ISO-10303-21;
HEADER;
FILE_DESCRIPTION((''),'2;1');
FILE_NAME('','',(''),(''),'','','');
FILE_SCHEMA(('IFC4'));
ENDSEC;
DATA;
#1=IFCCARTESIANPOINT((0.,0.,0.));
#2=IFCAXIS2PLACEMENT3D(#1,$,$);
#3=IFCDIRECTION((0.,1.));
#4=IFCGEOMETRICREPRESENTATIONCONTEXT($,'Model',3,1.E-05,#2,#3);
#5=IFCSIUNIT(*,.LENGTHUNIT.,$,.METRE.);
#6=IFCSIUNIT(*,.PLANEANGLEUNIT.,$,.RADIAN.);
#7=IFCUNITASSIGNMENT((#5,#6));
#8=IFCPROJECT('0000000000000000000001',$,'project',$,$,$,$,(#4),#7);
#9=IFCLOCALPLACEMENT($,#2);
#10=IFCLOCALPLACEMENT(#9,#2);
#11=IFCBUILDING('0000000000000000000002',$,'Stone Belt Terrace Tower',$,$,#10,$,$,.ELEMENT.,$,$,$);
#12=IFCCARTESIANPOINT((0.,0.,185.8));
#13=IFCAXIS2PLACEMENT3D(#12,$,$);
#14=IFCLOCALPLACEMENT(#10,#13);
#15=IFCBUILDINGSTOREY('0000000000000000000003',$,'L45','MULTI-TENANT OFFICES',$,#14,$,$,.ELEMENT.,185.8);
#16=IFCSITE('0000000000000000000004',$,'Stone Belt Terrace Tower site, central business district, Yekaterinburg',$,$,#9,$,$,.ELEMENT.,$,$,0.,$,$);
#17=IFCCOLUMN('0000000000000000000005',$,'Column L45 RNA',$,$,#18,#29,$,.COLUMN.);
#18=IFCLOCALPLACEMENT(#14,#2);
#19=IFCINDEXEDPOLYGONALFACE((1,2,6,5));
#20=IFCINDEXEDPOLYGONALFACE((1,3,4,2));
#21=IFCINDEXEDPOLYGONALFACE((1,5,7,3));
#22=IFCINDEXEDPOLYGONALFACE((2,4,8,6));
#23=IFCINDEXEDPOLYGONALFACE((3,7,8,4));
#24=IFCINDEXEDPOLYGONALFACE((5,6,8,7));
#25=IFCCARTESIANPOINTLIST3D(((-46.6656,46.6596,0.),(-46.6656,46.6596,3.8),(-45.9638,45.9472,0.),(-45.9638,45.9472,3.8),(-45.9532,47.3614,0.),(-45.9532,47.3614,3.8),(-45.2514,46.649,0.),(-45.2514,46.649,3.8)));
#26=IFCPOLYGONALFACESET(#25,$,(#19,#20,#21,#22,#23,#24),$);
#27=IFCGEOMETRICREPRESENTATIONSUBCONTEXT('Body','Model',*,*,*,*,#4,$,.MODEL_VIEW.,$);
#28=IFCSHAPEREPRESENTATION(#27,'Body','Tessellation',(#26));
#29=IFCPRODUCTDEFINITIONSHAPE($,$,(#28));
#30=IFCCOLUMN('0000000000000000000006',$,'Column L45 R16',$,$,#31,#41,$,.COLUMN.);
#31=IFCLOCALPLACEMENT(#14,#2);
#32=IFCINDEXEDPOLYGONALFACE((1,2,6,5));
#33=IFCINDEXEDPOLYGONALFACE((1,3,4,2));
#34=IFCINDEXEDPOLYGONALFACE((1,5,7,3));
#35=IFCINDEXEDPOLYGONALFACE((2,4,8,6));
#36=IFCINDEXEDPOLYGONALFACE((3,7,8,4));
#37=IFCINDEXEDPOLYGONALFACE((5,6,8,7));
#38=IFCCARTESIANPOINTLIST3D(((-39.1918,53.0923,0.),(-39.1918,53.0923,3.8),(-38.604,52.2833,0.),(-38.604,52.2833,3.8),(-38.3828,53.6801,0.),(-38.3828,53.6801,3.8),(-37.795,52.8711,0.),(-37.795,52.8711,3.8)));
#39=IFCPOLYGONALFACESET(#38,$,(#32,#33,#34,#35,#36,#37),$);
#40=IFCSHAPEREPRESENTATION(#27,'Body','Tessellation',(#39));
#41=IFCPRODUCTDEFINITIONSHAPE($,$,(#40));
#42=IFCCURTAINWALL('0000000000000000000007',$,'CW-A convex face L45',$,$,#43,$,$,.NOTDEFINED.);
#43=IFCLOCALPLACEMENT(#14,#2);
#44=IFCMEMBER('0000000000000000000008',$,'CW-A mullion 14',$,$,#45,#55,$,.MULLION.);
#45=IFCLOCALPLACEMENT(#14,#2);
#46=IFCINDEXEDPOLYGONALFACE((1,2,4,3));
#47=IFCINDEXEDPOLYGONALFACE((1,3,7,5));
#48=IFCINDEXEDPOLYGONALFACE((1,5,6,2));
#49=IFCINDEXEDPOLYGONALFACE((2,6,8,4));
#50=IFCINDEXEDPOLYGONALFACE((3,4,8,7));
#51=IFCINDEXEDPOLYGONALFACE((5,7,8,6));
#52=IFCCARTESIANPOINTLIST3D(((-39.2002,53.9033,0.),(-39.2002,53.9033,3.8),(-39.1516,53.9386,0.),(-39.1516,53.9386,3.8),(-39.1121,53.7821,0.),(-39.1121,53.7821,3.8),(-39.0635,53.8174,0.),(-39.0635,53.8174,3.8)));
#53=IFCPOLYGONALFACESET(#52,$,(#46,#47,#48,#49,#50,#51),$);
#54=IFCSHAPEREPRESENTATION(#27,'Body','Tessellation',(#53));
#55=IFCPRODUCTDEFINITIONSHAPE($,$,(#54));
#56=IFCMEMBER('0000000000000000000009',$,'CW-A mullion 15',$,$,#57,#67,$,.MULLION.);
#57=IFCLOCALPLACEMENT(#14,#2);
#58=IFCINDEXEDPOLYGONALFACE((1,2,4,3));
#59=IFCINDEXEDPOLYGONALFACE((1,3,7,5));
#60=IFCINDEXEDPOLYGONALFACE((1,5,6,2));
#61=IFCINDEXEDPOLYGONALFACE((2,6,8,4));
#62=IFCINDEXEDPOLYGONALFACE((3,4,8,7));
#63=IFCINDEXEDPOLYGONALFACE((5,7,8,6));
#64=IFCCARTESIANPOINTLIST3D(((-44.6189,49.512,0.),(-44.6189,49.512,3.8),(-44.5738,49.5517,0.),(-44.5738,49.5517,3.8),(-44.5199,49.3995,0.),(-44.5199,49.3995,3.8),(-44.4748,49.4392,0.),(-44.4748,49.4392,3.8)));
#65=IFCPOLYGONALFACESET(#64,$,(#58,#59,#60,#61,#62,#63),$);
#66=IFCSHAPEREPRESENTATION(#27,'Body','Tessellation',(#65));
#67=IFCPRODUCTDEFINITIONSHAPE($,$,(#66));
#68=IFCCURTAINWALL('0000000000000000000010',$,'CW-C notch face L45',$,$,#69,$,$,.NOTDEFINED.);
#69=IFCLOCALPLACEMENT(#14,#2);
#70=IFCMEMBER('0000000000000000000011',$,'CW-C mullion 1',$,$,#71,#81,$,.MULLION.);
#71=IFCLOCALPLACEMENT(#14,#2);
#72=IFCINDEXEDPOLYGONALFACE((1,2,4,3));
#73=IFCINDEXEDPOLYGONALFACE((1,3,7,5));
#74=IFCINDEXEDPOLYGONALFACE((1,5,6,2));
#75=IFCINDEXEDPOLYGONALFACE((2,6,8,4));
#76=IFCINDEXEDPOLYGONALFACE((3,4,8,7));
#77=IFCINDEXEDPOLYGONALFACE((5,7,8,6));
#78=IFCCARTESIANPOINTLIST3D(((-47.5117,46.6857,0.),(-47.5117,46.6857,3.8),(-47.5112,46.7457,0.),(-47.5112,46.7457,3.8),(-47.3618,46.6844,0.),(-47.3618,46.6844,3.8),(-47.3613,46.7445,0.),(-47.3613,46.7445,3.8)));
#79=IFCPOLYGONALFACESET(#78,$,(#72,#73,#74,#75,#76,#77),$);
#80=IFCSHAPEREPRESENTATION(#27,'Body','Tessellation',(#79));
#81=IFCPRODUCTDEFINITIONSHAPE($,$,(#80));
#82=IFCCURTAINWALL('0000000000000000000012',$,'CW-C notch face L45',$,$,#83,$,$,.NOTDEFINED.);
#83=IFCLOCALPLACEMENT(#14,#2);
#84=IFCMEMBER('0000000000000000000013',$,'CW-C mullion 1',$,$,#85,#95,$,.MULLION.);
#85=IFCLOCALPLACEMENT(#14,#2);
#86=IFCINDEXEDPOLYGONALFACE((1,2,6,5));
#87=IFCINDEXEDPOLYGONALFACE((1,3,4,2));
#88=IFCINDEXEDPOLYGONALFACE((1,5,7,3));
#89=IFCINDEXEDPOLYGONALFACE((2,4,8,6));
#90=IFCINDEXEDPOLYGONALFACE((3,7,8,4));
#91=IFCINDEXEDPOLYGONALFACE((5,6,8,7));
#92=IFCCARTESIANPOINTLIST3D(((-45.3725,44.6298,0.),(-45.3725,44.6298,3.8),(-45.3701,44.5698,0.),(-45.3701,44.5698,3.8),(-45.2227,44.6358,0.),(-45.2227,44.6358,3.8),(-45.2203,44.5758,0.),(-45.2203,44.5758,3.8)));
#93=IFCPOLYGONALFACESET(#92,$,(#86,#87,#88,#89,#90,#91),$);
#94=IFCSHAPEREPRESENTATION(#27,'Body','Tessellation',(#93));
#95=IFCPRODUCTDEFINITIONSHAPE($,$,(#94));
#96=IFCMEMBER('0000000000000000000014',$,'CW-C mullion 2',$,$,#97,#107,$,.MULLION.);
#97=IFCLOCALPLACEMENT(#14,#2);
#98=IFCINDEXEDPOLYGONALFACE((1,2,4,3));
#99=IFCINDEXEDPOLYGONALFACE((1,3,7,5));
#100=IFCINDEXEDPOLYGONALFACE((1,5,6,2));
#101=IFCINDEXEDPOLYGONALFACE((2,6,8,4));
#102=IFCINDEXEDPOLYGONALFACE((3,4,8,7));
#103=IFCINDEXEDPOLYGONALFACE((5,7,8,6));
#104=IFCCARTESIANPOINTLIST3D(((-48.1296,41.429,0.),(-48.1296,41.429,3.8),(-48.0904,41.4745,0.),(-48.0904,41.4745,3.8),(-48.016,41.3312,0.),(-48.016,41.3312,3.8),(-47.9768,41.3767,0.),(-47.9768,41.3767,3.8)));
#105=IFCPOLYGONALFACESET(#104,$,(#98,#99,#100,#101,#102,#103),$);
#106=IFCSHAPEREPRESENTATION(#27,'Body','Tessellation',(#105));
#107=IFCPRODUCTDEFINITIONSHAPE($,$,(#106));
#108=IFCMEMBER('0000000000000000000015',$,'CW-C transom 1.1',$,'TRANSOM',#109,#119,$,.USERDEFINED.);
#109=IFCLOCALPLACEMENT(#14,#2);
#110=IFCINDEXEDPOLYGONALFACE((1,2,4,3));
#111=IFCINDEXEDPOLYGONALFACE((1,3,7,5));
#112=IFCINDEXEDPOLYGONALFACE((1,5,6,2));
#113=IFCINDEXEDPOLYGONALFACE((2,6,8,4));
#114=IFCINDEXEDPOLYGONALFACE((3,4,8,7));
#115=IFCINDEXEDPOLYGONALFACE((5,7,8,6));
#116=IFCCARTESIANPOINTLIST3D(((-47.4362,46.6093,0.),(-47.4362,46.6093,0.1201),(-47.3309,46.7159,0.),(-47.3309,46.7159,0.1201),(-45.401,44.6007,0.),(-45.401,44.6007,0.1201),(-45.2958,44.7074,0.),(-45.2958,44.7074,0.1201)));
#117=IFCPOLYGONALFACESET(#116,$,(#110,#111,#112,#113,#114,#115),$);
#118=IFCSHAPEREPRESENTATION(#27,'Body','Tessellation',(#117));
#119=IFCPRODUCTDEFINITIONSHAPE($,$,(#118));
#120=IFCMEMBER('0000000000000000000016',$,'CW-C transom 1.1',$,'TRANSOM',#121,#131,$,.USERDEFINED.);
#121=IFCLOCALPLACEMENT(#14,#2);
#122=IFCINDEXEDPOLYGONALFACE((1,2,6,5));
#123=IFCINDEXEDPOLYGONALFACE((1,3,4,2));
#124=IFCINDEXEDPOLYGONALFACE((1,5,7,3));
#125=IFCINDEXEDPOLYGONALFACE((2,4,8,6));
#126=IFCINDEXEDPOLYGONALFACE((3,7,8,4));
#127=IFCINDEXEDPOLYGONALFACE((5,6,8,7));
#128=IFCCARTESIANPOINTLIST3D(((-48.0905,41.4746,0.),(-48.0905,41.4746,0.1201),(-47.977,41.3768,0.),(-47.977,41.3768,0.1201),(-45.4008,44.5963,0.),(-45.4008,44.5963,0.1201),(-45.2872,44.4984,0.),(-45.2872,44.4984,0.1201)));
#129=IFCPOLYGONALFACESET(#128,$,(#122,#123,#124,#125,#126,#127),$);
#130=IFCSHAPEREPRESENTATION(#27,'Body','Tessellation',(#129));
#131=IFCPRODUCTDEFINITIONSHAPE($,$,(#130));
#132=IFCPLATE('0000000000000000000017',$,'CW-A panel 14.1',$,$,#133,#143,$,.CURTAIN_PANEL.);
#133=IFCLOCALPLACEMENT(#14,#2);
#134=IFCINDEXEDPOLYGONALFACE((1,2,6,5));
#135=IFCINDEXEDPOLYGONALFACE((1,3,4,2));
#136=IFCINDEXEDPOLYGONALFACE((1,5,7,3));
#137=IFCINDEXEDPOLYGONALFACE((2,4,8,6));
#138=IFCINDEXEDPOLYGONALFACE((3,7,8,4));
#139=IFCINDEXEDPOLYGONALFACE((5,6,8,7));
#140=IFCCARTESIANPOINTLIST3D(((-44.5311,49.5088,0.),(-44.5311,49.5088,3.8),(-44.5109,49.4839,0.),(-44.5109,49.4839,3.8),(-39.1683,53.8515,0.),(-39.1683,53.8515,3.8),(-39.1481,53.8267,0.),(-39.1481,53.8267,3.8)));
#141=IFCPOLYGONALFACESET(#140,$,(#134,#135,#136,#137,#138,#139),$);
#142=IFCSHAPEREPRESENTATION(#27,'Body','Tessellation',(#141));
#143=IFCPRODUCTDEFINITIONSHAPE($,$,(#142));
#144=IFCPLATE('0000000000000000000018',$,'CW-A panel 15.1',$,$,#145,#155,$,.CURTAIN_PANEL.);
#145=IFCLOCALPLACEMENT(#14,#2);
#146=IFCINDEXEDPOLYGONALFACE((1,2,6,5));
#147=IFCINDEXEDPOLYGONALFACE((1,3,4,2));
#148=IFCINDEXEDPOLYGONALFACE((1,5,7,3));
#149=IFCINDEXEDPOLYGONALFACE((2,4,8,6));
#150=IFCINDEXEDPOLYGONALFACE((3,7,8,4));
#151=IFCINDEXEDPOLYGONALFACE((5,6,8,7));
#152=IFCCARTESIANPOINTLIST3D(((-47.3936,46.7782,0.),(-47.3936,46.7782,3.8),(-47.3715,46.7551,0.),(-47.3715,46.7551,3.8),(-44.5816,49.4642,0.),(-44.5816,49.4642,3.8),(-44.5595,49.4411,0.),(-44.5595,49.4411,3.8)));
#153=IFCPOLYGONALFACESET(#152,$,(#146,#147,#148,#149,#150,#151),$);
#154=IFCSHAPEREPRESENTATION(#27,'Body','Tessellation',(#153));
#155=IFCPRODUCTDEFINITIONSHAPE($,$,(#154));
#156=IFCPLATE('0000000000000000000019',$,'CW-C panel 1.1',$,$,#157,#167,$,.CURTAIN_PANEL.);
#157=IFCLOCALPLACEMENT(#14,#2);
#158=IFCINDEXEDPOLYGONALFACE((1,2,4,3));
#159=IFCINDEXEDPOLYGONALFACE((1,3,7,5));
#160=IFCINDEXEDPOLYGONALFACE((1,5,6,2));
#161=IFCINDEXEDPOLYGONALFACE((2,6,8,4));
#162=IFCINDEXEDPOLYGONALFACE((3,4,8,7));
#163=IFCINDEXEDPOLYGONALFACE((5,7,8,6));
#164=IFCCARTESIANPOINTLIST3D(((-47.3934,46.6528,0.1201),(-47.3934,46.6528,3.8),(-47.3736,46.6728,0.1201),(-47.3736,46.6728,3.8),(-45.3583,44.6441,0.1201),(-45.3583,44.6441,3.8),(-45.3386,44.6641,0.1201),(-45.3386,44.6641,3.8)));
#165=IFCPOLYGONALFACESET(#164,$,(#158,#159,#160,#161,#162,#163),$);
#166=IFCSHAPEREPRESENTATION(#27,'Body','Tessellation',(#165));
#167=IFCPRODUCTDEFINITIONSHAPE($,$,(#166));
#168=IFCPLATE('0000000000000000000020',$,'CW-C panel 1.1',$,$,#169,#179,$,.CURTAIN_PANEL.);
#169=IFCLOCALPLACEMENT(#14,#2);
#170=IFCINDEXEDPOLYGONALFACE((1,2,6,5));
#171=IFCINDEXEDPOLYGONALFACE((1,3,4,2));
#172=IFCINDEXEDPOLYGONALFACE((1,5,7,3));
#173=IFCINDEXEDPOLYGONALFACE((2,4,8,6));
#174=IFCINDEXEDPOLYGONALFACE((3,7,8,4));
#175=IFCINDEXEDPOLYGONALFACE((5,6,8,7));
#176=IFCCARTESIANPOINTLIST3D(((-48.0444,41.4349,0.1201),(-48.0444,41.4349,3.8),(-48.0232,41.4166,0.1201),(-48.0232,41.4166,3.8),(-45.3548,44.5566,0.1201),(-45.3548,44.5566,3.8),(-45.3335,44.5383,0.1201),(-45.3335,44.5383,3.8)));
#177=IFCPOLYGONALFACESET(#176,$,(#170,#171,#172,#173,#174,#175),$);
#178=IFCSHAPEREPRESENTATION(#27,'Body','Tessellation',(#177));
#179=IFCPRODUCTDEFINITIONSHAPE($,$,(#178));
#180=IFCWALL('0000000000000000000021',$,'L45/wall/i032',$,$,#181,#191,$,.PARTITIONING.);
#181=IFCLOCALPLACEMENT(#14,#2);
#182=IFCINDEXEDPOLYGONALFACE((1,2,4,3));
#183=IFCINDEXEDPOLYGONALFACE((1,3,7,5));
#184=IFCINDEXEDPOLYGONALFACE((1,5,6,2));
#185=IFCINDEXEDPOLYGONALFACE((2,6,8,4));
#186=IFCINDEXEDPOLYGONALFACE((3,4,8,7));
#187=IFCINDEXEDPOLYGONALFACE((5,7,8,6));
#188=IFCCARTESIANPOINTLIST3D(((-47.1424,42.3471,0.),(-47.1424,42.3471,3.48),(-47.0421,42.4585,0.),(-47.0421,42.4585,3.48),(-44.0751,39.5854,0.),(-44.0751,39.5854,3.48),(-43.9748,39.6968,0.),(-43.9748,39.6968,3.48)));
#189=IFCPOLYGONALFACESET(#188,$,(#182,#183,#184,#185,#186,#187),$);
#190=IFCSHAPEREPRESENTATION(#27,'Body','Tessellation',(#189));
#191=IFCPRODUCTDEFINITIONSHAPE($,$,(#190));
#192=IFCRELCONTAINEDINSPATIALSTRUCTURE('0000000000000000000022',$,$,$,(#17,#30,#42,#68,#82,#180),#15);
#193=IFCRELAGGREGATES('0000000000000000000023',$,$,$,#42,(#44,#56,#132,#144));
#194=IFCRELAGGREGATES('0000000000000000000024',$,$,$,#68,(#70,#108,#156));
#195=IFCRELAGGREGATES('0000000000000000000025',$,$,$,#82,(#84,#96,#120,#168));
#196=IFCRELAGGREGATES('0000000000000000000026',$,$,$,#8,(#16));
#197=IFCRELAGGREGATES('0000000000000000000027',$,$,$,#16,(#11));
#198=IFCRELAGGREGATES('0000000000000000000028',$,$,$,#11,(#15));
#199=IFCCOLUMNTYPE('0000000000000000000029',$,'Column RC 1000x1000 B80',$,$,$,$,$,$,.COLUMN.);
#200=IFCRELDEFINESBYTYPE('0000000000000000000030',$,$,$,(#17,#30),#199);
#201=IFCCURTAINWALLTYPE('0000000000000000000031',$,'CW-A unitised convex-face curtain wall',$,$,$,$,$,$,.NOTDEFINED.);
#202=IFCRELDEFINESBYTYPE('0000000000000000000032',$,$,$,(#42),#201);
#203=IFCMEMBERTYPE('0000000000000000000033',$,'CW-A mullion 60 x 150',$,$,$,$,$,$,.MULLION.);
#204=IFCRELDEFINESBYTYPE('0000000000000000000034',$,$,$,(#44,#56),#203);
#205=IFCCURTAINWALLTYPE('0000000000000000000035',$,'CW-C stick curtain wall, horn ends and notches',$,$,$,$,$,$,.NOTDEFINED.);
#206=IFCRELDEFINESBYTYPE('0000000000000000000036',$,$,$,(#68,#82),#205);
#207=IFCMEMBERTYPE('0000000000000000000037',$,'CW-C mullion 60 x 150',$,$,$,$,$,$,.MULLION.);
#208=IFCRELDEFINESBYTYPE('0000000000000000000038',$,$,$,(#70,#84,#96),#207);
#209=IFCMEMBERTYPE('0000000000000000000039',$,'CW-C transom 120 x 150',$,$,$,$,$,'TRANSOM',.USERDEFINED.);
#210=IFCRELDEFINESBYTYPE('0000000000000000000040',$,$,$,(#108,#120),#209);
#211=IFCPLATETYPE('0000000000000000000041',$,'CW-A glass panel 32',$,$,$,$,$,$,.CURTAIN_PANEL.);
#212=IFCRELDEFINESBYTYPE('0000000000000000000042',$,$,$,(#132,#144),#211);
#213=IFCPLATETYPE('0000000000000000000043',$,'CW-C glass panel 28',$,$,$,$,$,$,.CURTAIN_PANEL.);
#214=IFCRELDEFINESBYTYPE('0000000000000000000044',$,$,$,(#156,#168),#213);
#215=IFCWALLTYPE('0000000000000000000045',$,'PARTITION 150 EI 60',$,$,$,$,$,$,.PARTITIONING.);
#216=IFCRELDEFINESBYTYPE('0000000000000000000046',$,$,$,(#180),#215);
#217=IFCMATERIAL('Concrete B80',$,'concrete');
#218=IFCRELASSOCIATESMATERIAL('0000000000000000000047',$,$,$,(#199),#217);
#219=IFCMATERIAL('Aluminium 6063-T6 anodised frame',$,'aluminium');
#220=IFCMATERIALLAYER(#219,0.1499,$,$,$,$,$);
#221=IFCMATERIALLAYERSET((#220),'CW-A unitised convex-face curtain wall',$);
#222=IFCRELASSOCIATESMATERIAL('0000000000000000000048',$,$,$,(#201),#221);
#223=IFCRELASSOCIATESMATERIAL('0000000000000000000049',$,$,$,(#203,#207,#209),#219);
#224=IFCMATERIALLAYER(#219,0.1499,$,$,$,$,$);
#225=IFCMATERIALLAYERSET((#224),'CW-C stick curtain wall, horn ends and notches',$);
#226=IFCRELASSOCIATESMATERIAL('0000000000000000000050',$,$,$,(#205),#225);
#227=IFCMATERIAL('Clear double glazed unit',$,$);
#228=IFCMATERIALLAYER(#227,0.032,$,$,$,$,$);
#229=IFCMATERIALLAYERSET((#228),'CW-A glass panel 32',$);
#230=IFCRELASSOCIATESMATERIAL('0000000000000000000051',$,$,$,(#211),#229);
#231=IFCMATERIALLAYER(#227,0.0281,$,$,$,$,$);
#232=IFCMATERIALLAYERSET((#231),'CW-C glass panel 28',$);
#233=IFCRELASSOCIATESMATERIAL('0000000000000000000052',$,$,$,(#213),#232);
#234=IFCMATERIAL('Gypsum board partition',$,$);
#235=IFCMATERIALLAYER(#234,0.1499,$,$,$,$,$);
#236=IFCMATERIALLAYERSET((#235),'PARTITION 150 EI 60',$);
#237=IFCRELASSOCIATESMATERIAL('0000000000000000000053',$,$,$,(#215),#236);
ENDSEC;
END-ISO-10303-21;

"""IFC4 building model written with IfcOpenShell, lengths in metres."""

from ifc_helpers import new_model, si_unit, direction, frame, frame_2d, origin, origin_2d, place, context, subcontext, project, spatial, rectangle, extrude, material, layer, layer_set, material_profile, profile_set, type_object, element, aggregate, save


model = new_model("IFC4")

# Units and contexts
model_context = context("Model", 3, precision=1e-05, world=origin(), true_north=direction((0.0, 1.0)))
body_context = subcontext(model_context, "Body", "Model", "MODEL_VIEW")
ifc_project = project(units=[si_unit("LENGTHUNIT", "METRE"), si_unit("PLANEANGLEUNIT", "RADIAN")], contexts=[model_context])

# Site, building, storey
site_placement = place(None, origin())
site = spatial("IfcSite", under=ifc_project, at=site_placement, Name="Stone Belt Terrace Tower site, central business district, Yekaterinburg", CompositionType="ELEMENT", RefElevation=0.0)
building_placement = place(site_placement, origin())
building = spatial("IfcBuilding", under=site, at=building_placement, Name="Stone Belt Terrace Tower", CompositionType="ELEMENT")
storey_placement = place(building_placement, frame((0.0, 0.0, 185.8)))
storey = spatial("IfcBuildingStorey", under=building, at=storey_placement, Name="L45", Description="MULTI-TENANT OFFICES", CompositionType="ELEMENT", Elevation=185.8)

# Columns
ifc_material_1 = material(Name="Concrete B80", Category="concrete")
ifc_material_profile_1 = material_profile(ifc_material_1, rectangle(XDim=1.0, YDim=1.0, at=origin_2d()), Name="RC 1000x1000")
ifc_profile_set_1 = profile_set([ifc_material_profile_1], Name="Concrete B80")
column_type = type_object("IfcColumnType", Name="Column RC 1000x1000 B80", PredefinedType="COLUMN", material=ifc_profile_set_1)
for number, where, z_axis, x_axis, name in (
    (1, (-45.9585, 46.6543, 0.0), (0.0, 0.0, 1.0), (0.712398, 0.701775, 0.0), "Column L45 RNA"),
    (2, (-38.4934, 52.9817, 0.0), (0.0, 0.0, 1.0), (0.809017, 0.587785, 0.0), "Column L45 R16"),
):
    element("IfcColumn", number, at=place(storey_placement, frame(where, z_axis=z_axis, x_axis=x_axis)), inside=storey, type_object=column_type, Name=name, PredefinedType="COLUMN", context=body_context, shape_type="SweptSolid", body=[
        extrude(rectangle(XDim=1.0, YDim=1.0, at=origin_2d()), origin(), (0.0, 0.0, 1.0), 3.8),
    ])

# Curtain wall, members
ifc_material_2 = material(Name="Aluminium 6063-T6 anodised frame", Category="aluminium")
ifc_layer_1 = layer(ifc_material_2, 0.1499)
ifc_layer_set_1 = layer_set([ifc_layer_1], Name="CW-A unitised convex-face curtain wall")
curtain_wall_type_1 = type_object("IfcCurtainWallType", Name="CW-A unitised convex-face curtain wall", PredefinedType="NOTDEFINED", material=ifc_layer_set_1)
curtain_wall_1_placement = place(storey_placement, origin())
curtain_wall_1 = element("IfcCurtainWall", 3, at=curtain_wall_1_placement, inside=storey, type_object=curtain_wall_type_1, Name="CW-A convex face L45", PredefinedType="NOTDEFINED")
ifc_material_profile_2 = material_profile(ifc_material_2, rectangle(XDim=0.1499, YDim=0.0601, at=origin_2d()), Name="Aluminium 6063-T6 60x150")
ifc_profile_set_2 = profile_set([ifc_material_profile_2], Name="Aluminium 6063-T6 anodised frame")
member_type_1 = type_object("IfcMemberType", Name="CW-A mullion 60 x 150", PredefinedType="MULLION", material=ifc_profile_set_2)
member_1_placement = place(storey_placement, frame((-39.1318, 53.8604, 0.0), z_axis=(0.0, 0.0, 1.0), x_axis=(0.587785, -0.809017, 0.0)))
member_1 = element("IfcMember", 4, at=member_1_placement, type_object=member_type_1, Name="CW-A mullion 14", PredefinedType="MULLION", context=body_context, shape_type="SweptSolid", body=[
    extrude(rectangle(XDim=0.1499, YDim=0.0601, at=origin_2d()), origin(), (0.0, 0.0, 1.0), 3.8),
])
member_2_placement = place(storey_placement, frame((-44.5469, 49.4756, 0.0), z_axis=(0.0, 0.0, 1.0), x_axis=(0.660573, -0.750761, 0.0)))
member_2 = element("IfcMember", 5, at=member_2_placement, type_object=member_type_1, Name="CW-A mullion 15", PredefinedType="MULLION", context=body_context, shape_type="SweptSolid", body=[
    extrude(rectangle(XDim=0.1499, YDim=0.0601, at=origin_2d()), origin(), (0.0, 0.0, 1.0), 3.8),
])

# Curtain wall, member
ifc_layer_2 = layer(ifc_material_2, 0.1499)
ifc_layer_set_2 = layer_set([ifc_layer_2], Name="CW-C stick curtain wall, horn ends and notches")
curtain_wall_type_2 = type_object("IfcCurtainWallType", Name="CW-C stick curtain wall, horn ends and notches", PredefinedType="NOTDEFINED", material=ifc_layer_set_2)
curtain_wall_2_placement = place(storey_placement, origin())
curtain_wall_2 = element("IfcCurtainWall", 6, at=curtain_wall_2_placement, inside=storey, type_object=curtain_wall_type_2, Name="CW-C notch face L45", PredefinedType="NOTDEFINED")
ifc_material_profile_3 = material_profile(ifc_material_2, rectangle(XDim=0.1499, YDim=0.0601, at=origin_2d()), Name="Aluminium 6063-T6 60x150")
ifc_profile_set_3 = profile_set([ifc_material_profile_3], Name="Aluminium 6063-T6 anodised frame")
member_type_2 = type_object("IfcMemberType", Name="CW-C mullion 60 x 150", PredefinedType="MULLION", material=ifc_profile_set_3)
member_3_placement = place(storey_placement, frame((-47.4365, 46.7151, 0.0), z_axis=(0.0, 0.0, 1.0), x_axis=(0.999966, -0.008188, 0.0)))
member_3 = element("IfcMember", 7, at=member_3_placement, type_object=member_type_2, Name="CW-C mullion 1", PredefinedType="MULLION", context=body_context, shape_type="SweptSolid", body=[
    extrude(rectangle(XDim=0.1499, YDim=0.0601, at=origin_2d()), origin(), (0.0, 0.0, 1.0), 3.8),
])

# Curtain wall, members
curtain_wall_3_placement = place(storey_placement, origin())
curtain_wall_3 = element("IfcCurtainWall", 8, at=curtain_wall_3_placement, inside=storey, type_object=curtain_wall_type_2, Name="CW-C notch face L45", PredefinedType="NOTDEFINED")
member_4_placement = place(storey_placement, frame((-45.2964, 44.6028, 0.0), z_axis=(0.0, 0.0, 1.0), x_axis=(0.999185, 0.04036, 0.0)))
member_4 = element("IfcMember", 9, at=member_4_placement, type_object=member_type_2, Name="CW-C mullion 1", PredefinedType="MULLION", context=body_context, shape_type="SweptSolid", body=[
    extrude(rectangle(XDim=0.1499, YDim=0.0601, at=origin_2d()), origin(), (0.0, 0.0, 1.0), 3.8),
])
member_5_placement = place(storey_placement, frame((-48.0532, 41.4028, 0.0), z_axis=(0.0, 0.0, 1.0), x_axis=(0.757584, -0.652738, 0.0)))
member_5 = element("IfcMember", 10, at=member_5_placement, type_object=member_type_2, Name="CW-C mullion 2", PredefinedType="MULLION", context=body_context, shape_type="SweptSolid", body=[
    extrude(rectangle(XDim=0.1499, YDim=0.0601, at=origin_2d()), origin(), (0.0, 0.0, 1.0), 3.8),
])

# Members
ifc_material_profile_4 = material_profile(ifc_material_2, rectangle(XDim=0.1499, YDim=0.1201, at=origin_2d()), Name="Aluminium 6063-T6 150x120")
ifc_profile_set_4 = profile_set([ifc_material_profile_4], Name="Aluminium 6063-T6 anodised frame")
member_type_3 = type_object("IfcMemberType", Name="CW-C transom 120 x 150", ElementType="TRANSOM", PredefinedType="USERDEFINED", material=ifc_profile_set_4)
member_6_placement = place(storey_placement, frame((-47.3835, 46.6626, 0.0601), z_axis=(0.711745, -0.702438, 0.0), x_axis=(0.702438, 0.711745, 0.0)))
member_6 = element("IfcMember", 11, at=member_6_placement, type_object=member_type_3, Name="CW-C transom 1.1", ObjectType="TRANSOM", PredefinedType="USERDEFINED", context=body_context, shape_type="SweptSolid", body=[
    extrude(rectangle(XDim=0.1499, YDim=0.1201, at=origin_2d()), origin(), (0.0, 0.0, 1.0), 2.8594),
])
member_7_placement = place(storey_placement, frame((-45.344, 44.5474, 0.0601), z_axis=(-0.652756, -0.757569, 0.0), x_axis=(0.757569, -0.652756, 0.0)))
member_7 = element("IfcMember", 12, at=member_7_placement, type_object=member_type_3, Name="CW-C transom 1.1", ObjectType="TRANSOM", PredefinedType="USERDEFINED", context=body_context, shape_type="SweptSolid", body=[
    extrude(rectangle(XDim=0.1499, YDim=0.1201, at=origin_2d()), origin(), (0.0, 0.0, 1.0), 4.1206),
])

# Plates
ifc_material_3 = material(Name="Clear double glazed unit")
ifc_layer_3 = layer(ifc_material_3, 0.032)
ifc_layer_set_3 = layer_set([ifc_layer_3], Name="CW-A glass panel 32")
plate_type_1 = type_object("IfcPlateType", Name="CW-A glass panel 32", PredefinedType="CURTAIN_PANEL", material=ifc_layer_set_3)
plate_1_placement = place(storey_placement, frame((-41.8396, 51.6677, 0.0), z_axis=(0.0, 0.0, 1.0), x_axis=(-0.777146, -0.62932, 0.0)))
plate_1 = element("IfcPlate", 13, at=plate_1_placement, type_object=plate_type_1, Name="CW-A panel 14.1", PredefinedType="CURTAIN_PANEL", context=body_context, shape_type="SweptSolid", body=[
    extrude(rectangle(XDim=6.9006, YDim=0.032, at=origin_2d()), origin(), (0.0, 0.0, 1.0), 3.8),
])
plate_2_placement = place(storey_placement, frame((-45.9766, 48.1096, 0.0), z_axis=(0.0, 0.0, 1.0), x_axis=(-0.723121, -0.690721, 0.0)))
plate_2 = element("IfcPlate", 14, at=plate_2_placement, type_object=plate_type_1, Name="CW-A panel 15.1", PredefinedType="CURTAIN_PANEL", context=body_context, shape_type="SweptSolid", body=[
    extrude(rectangle(XDim=3.8887, YDim=0.032, at=origin_2d()), origin(), (0.0, 0.0, 1.0), 3.8),
])
aggregate(curtain_wall_1, [member_1, member_2, plate_1, plate_2])
ifc_layer_4 = layer(ifc_material_3, 0.0281)
ifc_layer_set_4 = layer_set([ifc_layer_4], Name="CW-C glass panel 28")
plate_type_2 = type_object("IfcPlateType", Name="CW-C glass panel 28", PredefinedType="CURTAIN_PANEL", material=ifc_layer_set_4)
plate_3_placement = place(storey_placement, frame((-46.366, 45.6584, 0.1201), z_axis=(0.0, 0.0, 1.0), x_axis=(0.711713, -0.70247, 0.0)))
plate_3 = element("IfcPlate", 15, at=plate_3_placement, type_object=plate_type_2, Name="CW-C panel 1.1", PredefinedType="CURTAIN_PANEL", context=body_context, shape_type="SweptSolid", body=[
    extrude(rectangle(XDim=2.8594, YDim=0.0281, at=origin_2d()), origin(), (0.0, 0.0, 1.0), 3.6799),
])
aggregate(curtain_wall_2, [member_3, member_6, plate_3])
plate_4_placement = place(storey_placement, frame((-46.689, 42.9866, 0.1201), z_axis=(0.0, 0.0, 1.0), x_axis=(-0.652738, -0.757584, 0.0)))
plate_4 = element("IfcPlate", 16, at=plate_4_placement, type_object=plate_type_2, Name="CW-C panel 1.1", PredefinedType="CURTAIN_PANEL", context=body_context, shape_type="SweptSolid", body=[
    extrude(rectangle(XDim=4.1206, YDim=0.0281, at=origin_2d()), origin(), (0.0, 0.0, 1.0), 3.6799),
])
aggregate(curtain_wall_3, [member_4, member_5, member_7, plate_4])

# Wall
ifc_material_4 = material(Name="Gypsum board partition")
ifc_layer_5 = layer(ifc_material_4, 0.1499)
ifc_layer_set_5 = layer_set([ifc_layer_5], Name="PARTITION 150 EI 60")
wall_type = type_object("IfcWallType", Name="PARTITION 150 EI 60", PredefinedType="PARTITIONING", material=ifc_layer_set_5)
wall_1_placement = place(storey_placement, frame((-47.0923, 42.4028, 0.0), z_axis=(0.0, 0.0, 1.0), x_axis=(0.743165, -0.669109, 0.0)))
element("IfcWall", 17, at=wall_1_placement, inside=storey, type_object=wall_type, Name="L45/wall/i032", PredefinedType="PARTITIONING", context=body_context, shape_type="SweptSolid", body=[
    extrude(rectangle(XDim=4.1274, YDim=0.1499, at=frame_2d((2.0637, 0.0))), origin(), (0.0, 0.0, 1.0), 3.48),
])

save(model, "model.ifc")
